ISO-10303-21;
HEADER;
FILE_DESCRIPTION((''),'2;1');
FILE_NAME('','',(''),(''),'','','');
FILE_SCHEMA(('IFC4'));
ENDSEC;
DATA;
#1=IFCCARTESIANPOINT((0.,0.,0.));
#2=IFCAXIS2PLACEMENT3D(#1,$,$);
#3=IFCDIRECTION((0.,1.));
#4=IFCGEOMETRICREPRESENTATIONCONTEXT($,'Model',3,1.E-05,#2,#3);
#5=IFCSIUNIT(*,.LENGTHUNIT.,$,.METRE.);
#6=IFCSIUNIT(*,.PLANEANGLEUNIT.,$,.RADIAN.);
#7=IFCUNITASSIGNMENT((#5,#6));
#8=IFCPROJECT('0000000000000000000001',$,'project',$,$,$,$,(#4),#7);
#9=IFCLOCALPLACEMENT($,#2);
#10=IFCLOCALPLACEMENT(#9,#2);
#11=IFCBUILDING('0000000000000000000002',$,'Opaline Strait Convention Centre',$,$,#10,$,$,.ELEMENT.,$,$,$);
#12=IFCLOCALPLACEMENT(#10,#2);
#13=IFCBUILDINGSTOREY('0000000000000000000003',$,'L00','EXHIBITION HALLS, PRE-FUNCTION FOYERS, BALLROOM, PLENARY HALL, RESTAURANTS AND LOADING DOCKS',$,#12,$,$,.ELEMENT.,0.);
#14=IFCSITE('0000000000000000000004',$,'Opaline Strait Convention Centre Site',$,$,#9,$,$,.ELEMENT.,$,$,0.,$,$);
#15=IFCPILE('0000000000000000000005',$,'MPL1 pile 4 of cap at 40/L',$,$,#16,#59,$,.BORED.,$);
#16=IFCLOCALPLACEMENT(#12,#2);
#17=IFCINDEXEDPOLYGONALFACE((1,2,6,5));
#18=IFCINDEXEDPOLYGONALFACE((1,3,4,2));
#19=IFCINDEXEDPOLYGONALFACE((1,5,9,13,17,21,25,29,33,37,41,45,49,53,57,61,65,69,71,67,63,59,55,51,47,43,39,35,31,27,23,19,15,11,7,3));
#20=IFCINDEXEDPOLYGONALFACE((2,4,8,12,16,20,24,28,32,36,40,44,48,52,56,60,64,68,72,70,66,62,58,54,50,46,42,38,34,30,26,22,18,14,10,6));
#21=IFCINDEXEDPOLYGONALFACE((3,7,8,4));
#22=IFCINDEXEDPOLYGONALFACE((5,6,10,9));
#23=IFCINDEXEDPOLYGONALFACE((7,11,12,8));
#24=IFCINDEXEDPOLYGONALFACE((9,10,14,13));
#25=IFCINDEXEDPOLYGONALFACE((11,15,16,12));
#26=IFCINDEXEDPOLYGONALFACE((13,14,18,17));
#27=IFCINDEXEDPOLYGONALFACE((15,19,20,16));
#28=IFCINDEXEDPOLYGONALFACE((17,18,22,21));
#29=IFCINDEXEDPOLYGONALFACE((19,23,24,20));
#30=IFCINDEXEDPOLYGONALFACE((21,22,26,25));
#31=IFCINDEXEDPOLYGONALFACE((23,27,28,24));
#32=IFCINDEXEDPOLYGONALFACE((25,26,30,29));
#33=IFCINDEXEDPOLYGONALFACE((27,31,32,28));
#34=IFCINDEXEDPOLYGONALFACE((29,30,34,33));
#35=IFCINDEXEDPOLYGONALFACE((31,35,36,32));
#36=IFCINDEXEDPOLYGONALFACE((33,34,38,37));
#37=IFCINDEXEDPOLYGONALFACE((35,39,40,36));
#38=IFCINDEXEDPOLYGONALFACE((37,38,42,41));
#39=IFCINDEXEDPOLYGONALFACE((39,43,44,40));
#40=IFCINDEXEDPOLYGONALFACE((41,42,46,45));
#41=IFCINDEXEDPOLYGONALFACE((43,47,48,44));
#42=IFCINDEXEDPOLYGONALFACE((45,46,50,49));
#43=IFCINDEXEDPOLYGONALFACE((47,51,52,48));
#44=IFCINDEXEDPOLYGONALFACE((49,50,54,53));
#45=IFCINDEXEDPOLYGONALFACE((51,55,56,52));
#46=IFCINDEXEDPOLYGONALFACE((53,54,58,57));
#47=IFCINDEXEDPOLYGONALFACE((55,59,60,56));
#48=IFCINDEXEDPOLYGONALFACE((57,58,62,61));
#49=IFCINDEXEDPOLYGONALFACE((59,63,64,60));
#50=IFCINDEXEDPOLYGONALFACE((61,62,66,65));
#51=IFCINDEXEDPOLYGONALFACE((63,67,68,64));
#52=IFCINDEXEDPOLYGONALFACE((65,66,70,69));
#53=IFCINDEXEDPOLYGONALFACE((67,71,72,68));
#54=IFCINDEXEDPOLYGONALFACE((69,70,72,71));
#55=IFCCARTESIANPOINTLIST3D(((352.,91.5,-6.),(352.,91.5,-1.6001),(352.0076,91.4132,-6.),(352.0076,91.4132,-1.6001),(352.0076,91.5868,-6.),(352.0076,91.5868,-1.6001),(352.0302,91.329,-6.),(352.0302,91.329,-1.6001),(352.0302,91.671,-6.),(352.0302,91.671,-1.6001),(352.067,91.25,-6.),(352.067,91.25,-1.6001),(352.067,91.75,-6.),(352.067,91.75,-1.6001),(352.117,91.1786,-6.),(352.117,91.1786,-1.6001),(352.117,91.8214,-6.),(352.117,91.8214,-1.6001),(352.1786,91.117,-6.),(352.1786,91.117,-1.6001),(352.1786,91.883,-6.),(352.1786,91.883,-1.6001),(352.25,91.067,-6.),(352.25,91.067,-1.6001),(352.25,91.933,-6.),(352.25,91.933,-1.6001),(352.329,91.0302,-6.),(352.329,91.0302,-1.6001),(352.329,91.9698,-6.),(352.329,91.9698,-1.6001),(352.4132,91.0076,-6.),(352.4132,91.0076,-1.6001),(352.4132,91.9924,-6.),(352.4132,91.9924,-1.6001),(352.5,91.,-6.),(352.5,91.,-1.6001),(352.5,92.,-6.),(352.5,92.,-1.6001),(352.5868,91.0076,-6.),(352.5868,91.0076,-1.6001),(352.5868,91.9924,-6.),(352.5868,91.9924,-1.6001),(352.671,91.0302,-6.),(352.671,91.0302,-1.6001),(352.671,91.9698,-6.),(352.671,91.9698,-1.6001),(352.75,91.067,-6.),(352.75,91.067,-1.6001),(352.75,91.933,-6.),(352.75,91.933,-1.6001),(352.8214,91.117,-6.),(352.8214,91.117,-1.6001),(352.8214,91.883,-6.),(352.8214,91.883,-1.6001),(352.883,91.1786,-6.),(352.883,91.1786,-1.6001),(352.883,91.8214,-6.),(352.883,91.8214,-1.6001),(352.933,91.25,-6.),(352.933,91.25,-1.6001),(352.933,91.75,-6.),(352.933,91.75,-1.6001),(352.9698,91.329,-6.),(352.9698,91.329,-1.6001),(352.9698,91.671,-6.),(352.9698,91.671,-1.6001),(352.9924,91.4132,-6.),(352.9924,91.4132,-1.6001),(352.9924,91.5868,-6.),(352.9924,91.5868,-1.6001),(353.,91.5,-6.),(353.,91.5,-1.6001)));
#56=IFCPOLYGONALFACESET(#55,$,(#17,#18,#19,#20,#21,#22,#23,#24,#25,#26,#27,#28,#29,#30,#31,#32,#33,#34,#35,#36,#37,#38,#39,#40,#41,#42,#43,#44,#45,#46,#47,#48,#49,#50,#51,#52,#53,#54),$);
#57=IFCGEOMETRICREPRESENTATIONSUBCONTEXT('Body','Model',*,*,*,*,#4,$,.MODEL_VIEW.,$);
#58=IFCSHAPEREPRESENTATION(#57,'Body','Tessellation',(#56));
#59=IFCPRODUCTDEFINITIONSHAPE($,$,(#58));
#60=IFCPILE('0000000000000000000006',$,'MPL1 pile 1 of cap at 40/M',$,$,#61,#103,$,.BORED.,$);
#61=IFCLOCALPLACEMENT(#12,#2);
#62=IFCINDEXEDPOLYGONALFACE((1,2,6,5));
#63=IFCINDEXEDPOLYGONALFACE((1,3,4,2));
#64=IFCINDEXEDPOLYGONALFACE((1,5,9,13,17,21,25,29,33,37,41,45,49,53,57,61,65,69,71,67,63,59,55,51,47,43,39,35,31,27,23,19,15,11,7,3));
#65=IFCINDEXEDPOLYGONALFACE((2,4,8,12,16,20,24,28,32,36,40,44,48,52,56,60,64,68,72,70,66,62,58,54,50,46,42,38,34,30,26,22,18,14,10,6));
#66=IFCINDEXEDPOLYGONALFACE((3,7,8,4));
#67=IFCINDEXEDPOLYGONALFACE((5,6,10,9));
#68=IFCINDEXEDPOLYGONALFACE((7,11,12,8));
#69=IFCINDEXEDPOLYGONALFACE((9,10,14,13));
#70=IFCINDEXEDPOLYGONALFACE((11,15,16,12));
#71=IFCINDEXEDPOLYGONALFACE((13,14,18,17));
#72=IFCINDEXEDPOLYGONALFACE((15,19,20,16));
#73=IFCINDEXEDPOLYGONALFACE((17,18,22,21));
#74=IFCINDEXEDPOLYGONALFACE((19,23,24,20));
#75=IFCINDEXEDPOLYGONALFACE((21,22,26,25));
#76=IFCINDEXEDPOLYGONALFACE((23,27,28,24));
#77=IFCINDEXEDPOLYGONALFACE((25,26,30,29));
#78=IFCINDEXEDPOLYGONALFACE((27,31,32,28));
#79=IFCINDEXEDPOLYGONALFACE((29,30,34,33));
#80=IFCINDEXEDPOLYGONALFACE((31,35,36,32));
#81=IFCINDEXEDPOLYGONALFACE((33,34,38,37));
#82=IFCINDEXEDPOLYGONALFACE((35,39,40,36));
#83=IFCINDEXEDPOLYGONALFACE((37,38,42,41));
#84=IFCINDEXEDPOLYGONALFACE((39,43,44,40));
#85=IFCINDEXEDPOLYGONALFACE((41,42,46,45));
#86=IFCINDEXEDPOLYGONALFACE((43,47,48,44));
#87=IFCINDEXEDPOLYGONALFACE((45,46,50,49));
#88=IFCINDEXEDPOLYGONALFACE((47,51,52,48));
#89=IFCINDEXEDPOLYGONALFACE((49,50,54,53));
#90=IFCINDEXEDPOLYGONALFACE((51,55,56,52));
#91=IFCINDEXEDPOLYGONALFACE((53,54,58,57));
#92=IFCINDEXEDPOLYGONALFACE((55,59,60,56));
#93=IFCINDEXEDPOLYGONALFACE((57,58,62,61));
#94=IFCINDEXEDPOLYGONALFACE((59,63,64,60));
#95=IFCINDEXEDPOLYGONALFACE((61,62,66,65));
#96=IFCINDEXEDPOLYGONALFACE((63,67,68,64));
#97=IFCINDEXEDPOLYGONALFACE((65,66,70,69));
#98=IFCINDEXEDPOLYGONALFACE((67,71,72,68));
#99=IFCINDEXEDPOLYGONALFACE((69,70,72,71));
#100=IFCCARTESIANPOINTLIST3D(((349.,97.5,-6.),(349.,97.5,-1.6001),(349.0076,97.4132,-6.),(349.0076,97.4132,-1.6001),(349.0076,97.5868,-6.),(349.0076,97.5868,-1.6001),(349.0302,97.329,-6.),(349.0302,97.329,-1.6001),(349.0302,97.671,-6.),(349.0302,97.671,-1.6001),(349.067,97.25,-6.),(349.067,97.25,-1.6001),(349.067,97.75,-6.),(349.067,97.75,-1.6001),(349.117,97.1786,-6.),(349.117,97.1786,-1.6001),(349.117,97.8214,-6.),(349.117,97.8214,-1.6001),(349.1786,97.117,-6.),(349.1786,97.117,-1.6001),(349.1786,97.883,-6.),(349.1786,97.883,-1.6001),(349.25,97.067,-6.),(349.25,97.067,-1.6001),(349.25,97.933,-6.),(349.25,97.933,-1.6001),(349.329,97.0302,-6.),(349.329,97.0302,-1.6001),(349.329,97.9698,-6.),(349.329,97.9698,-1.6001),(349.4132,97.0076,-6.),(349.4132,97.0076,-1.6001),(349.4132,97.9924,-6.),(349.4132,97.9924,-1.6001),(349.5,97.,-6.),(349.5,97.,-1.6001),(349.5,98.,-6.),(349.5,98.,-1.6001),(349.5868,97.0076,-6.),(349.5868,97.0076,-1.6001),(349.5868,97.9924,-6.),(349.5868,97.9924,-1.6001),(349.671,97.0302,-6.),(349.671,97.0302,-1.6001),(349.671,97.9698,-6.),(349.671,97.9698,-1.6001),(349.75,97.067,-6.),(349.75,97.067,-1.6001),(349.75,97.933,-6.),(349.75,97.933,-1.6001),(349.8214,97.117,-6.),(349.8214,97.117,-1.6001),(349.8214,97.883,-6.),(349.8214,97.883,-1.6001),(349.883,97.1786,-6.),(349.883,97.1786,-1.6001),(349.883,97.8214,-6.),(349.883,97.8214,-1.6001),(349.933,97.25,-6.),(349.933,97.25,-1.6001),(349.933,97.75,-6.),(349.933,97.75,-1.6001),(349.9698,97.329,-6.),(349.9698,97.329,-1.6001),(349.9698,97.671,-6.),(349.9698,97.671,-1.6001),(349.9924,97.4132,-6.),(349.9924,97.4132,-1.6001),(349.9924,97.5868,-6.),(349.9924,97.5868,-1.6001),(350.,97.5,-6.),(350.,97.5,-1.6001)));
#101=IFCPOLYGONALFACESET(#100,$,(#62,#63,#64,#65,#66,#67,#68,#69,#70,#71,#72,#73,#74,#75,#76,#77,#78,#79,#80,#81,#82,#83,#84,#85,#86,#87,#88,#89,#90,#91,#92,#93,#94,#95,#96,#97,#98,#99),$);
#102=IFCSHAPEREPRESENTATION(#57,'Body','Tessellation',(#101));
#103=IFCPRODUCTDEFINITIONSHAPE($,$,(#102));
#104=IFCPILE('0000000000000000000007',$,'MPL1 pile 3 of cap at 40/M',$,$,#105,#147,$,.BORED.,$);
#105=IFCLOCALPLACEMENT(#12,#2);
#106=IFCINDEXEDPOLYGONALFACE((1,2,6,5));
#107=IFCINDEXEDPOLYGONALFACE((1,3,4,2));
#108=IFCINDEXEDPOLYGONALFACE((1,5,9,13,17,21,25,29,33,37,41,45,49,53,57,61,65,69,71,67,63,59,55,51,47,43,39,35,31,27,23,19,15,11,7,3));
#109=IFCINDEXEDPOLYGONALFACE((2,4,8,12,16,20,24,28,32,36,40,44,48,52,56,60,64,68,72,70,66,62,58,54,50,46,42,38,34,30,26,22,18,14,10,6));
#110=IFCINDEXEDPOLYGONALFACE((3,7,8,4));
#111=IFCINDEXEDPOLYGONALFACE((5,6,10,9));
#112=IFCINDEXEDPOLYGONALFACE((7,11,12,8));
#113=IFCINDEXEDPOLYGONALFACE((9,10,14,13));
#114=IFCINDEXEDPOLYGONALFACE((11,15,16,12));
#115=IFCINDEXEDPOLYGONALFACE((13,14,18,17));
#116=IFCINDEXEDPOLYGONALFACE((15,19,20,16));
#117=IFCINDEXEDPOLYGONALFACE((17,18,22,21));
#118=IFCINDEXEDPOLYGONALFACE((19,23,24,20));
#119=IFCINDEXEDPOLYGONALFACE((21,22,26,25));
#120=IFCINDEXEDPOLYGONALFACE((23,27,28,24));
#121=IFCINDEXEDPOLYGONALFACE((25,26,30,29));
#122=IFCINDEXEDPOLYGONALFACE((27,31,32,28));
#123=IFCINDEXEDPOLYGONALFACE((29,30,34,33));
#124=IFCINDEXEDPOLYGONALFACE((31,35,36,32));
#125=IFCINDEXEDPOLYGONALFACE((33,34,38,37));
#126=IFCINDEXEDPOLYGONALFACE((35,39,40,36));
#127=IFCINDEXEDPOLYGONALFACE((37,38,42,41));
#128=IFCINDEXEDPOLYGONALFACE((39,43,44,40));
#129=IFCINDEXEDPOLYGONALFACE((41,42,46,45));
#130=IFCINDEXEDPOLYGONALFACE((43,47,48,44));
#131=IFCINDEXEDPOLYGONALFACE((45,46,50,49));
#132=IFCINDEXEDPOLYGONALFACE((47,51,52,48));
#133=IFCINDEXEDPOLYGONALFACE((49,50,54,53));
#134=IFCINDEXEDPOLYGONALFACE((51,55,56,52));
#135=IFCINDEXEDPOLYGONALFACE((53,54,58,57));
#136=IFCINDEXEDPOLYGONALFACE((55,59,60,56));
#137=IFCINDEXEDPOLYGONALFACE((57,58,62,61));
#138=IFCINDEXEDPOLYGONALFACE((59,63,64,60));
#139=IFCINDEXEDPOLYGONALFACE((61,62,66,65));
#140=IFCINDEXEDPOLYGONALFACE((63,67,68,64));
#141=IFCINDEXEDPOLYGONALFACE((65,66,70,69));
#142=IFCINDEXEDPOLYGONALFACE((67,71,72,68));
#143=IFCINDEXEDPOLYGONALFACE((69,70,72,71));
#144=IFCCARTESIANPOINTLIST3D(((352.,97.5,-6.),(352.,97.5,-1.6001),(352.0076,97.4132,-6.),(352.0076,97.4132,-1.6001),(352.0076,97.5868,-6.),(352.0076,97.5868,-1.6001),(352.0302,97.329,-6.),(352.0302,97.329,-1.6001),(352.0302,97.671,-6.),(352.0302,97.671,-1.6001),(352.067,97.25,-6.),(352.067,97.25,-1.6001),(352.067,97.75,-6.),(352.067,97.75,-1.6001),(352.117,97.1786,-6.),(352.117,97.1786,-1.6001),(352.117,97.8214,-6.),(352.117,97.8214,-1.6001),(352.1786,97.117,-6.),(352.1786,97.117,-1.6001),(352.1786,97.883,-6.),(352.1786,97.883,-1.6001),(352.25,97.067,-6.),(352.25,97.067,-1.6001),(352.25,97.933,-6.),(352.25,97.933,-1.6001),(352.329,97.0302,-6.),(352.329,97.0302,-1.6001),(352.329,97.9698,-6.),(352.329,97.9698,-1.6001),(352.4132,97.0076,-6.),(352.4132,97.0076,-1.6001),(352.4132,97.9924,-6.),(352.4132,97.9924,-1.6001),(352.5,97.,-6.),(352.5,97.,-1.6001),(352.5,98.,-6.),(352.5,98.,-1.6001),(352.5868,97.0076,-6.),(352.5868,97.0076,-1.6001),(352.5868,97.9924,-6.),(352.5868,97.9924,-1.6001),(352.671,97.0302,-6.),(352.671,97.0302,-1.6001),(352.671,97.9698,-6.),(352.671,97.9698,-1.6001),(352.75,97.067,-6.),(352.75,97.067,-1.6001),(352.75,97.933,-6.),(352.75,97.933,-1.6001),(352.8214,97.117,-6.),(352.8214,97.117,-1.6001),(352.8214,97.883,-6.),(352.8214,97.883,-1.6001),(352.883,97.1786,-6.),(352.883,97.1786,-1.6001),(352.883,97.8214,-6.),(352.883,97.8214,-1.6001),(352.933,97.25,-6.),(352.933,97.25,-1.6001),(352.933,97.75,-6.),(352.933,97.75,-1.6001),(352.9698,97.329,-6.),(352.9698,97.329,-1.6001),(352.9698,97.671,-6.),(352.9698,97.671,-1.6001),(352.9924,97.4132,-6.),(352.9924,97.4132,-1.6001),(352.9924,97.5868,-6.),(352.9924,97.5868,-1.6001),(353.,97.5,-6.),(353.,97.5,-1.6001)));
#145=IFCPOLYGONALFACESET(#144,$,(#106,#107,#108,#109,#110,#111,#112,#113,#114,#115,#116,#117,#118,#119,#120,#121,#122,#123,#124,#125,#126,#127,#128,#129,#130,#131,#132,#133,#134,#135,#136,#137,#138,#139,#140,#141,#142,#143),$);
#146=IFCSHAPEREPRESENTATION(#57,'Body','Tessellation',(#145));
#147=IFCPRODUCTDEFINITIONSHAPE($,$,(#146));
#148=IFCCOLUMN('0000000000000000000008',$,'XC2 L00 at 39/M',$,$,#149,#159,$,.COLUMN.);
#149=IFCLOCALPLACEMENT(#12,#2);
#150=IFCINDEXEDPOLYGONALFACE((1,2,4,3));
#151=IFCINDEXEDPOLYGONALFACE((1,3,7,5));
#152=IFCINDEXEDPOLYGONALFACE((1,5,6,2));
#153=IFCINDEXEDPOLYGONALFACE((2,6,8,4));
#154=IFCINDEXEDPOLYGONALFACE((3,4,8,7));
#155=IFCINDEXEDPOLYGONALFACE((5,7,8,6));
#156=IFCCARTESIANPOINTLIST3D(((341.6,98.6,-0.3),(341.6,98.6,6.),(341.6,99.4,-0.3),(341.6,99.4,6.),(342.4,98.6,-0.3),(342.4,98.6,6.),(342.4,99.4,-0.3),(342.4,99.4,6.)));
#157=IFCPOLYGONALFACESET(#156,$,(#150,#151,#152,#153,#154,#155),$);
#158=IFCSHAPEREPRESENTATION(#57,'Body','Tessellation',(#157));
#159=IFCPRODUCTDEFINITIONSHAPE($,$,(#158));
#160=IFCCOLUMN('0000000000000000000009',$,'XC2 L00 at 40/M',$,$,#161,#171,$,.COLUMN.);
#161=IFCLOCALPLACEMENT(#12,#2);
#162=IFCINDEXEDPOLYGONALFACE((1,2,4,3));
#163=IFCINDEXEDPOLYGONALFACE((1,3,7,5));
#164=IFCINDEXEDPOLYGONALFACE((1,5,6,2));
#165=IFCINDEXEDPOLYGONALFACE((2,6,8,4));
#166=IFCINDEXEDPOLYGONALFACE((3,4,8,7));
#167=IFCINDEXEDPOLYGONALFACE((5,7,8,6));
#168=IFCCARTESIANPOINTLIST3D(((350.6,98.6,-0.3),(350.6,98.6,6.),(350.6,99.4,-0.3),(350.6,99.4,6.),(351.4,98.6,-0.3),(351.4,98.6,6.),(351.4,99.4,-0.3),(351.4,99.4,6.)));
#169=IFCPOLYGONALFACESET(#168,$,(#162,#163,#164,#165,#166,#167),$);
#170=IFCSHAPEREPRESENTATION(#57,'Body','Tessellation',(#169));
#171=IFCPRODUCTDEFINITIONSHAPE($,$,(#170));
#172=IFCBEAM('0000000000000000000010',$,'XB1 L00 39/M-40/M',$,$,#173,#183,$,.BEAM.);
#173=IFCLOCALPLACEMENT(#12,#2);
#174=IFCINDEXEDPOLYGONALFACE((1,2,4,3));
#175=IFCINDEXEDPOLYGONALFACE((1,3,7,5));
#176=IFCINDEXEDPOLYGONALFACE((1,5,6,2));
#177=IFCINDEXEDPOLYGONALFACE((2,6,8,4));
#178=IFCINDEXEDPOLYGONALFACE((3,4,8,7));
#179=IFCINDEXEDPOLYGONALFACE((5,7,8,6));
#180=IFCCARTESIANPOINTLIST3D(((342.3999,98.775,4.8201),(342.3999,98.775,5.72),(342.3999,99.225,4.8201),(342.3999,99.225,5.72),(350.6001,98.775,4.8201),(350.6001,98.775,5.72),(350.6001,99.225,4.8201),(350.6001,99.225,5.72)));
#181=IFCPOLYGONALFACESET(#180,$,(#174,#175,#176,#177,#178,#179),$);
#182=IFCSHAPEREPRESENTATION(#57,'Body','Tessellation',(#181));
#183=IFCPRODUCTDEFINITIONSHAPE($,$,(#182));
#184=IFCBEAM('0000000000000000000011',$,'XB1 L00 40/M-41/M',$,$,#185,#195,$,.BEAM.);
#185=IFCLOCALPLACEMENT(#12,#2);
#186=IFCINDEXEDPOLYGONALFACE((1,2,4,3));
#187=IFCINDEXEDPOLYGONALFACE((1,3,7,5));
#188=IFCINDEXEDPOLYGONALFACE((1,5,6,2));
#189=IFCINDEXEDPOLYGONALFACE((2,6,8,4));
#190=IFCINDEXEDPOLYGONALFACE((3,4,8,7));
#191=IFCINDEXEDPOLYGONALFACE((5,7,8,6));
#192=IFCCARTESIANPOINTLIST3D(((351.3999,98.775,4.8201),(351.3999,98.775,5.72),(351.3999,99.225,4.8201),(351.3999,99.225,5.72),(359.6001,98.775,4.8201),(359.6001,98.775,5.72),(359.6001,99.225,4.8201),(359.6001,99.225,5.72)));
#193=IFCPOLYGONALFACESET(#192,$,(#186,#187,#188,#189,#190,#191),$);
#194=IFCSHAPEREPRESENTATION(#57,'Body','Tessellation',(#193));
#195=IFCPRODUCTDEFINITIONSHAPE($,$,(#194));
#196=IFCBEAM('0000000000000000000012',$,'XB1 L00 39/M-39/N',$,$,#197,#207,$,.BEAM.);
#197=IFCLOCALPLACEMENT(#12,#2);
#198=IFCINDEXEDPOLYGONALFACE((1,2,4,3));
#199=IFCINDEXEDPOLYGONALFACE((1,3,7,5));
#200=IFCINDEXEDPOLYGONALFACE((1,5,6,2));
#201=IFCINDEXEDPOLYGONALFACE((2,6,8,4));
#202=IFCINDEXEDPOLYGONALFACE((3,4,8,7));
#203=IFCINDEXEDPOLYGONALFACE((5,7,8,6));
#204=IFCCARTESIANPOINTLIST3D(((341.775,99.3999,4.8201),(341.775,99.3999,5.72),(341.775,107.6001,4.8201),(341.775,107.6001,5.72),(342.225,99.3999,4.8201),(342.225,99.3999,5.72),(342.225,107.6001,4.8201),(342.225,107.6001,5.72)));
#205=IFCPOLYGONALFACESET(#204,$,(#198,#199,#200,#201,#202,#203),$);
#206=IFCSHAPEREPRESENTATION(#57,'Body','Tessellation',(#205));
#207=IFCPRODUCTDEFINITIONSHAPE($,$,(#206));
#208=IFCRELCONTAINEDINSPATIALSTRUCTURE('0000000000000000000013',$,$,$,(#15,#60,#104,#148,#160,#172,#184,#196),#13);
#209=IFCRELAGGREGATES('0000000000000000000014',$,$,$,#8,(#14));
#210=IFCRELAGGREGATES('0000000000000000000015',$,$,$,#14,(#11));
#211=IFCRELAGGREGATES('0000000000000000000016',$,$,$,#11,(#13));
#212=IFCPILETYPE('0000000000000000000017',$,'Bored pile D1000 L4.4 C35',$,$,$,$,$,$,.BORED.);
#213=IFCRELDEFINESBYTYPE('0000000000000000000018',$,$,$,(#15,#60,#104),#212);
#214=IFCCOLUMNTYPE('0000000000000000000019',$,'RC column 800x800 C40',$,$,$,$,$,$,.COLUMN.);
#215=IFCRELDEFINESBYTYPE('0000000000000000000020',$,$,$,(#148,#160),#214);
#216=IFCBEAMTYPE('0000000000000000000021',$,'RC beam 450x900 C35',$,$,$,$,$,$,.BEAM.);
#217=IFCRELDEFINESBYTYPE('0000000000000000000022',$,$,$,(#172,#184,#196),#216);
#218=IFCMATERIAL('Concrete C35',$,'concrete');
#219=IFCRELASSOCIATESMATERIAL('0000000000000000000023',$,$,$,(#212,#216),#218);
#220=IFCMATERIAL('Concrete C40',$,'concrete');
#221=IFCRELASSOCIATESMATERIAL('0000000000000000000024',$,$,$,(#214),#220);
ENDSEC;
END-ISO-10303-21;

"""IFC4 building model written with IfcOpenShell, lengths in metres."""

from ifc_helpers import new_model, si_unit, direction, frame, origin, origin_2d, place, context, subcontext, project, spatial, rectangle, circle, extrude, material, material_profile, profile_set, type_object, element, save


model = new_model("IFC4")

# Units and contexts
model_context = context("Model", 3, precision=1e-05, world=origin(), true_north=direction((0.0, 1.0)))
body_context = subcontext(model_context, "Body", "Model", "MODEL_VIEW")
ifc_project = project(units=[si_unit("LENGTHUNIT", "METRE"), si_unit("PLANEANGLEUNIT", "RADIAN")], contexts=[model_context])

# Site, building, storey
site_placement = place(None, origin())
site = spatial("IfcSite", under=ifc_project, at=site_placement, Name="Opaline Strait Convention Centre Site", CompositionType="ELEMENT", RefElevation=0.0)
building_placement = place(site_placement, origin())
building = spatial("IfcBuilding", under=site, at=building_placement, Name="Opaline Strait Convention Centre", CompositionType="ELEMENT")
storey_placement = place(building_placement, origin())
storey = spatial("IfcBuildingStorey", under=building, at=storey_placement, Name="L00", Description="EXHIBITION HALLS, PRE-FUNCTION FOYERS, BALLROOM, PLENARY HALL, RESTAURANTS AND LOADING DOCKS", CompositionType="ELEMENT", Elevation=0.0)

# Piles
ifc_material_1 = material(Name="Concrete C35", Category="concrete")
ifc_material_profile_1 = material_profile(ifc_material_1, circle(Radius=0.5, at=origin_2d()), Name="D1000")
ifc_profile_set_1 = profile_set([ifc_material_profile_1], Name="Concrete C35")
pile_type_1 = type_object("IfcPileType", Name="Bored pile D1000 L4.4 C35", PredefinedType="BORED", material=ifc_profile_set_1)
for number, where, z_axis, x_axis, name in (
    (1, (352.5, 91.5, -1.6001), (0.0, 0.0, -1.0), (1.0, 0.0, 0.0), "MPL1 pile 4 of cap at 40/L"),
    (2, (349.5, 97.5, -1.6001), (0.0, 0.0, -1.0), (1.0, 0.0, 0.0), "MPL1 pile 1 of cap at 40/M"),
    (3, (352.5, 97.5, -1.6001), (0.0, 0.0, -1.0), (1.0, 0.0, 0.0), "MPL1 pile 3 of cap at 40/M"),
):
    element("IfcPile", number, at=place(storey_placement, frame(where, z_axis=z_axis, x_axis=x_axis)), inside=storey, type_object=pile_type_1, Name=name, PredefinedType="BORED", context=body_context, shape_type="SweptSolid", body=[
        extrude(circle(Radius=0.5, at=origin_2d()), origin(), (0.0, 0.0, 1.0), 4.3999),
    ])

# Columns
ifc_material_2 = material(Name="Concrete C40", Category="concrete")
ifc_material_profile_2 = material_profile(ifc_material_2, rectangle(XDim=0.8, YDim=0.8, at=origin_2d()), Name="RC 800x800")
ifc_profile_set_2 = profile_set([ifc_material_profile_2], Name="Concrete C40")
column_type = type_object("IfcColumnType", Name="RC column 800x800 C40", PredefinedType="COLUMN", material=ifc_profile_set_2)
for number, where, z_axis, x_axis, name in (
    (4, (342.0, 99.0, -0.3), (0.0, 0.0, 1.0), (1.0, 0.0, 0.0), "XC2 L00 at 39/M"),
    (5, (351.0, 99.0, -0.3), (0.0, 0.0, 1.0), (1.0, 0.0, 0.0), "XC2 L00 at 40/M"),
):
    element("IfcColumn", number, at=place(storey_placement, frame(where, z_axis=z_axis, x_axis=x_axis)), inside=storey, type_object=column_type, Name=name, PredefinedType="COLUMN", context=body_context, shape_type="SweptSolid", body=[
        extrude(rectangle(XDim=0.8, YDim=0.8, at=origin_2d()), origin(), (0.0, 0.0, 1.0), 6.3),
    ])

# Beams
ifc_material_profile_3 = material_profile(ifc_material_1, rectangle(XDim=0.45, YDim=0.8999, at=origin_2d()), Name="RC 450x900")
ifc_profile_set_3 = profile_set([ifc_material_profile_3], Name="Concrete C35")
beam_type = type_object("IfcBeamType", Name="RC beam 450x900 C35", PredefinedType="BEAM", material=ifc_profile_set_3)
for number, where, z_axis, x_axis, name in (
    (6, (342.3999, 99.0, 5.27), (1.0, 0.0, 0.0), (0.0, 1.0, 0.0), "XB1 L00 39/M-40/M"),
    (7, (351.3999, 99.0, 5.27), (1.0, 0.0, 0.0), (0.0, 1.0, 0.0), "XB1 L00 40/M-41/M"),
    (8, (342.0, 99.3999, 5.27), (0.0, 1.0, 0.0), (-1.0, 0.0, 0.0), "XB1 L00 39/M-39/N"),
):
    element("IfcBeam", number, at=place(storey_placement, frame(where, z_axis=z_axis, x_axis=x_axis)), inside=storey, type_object=beam_type, Name=name, PredefinedType="BEAM", context=body_context, shape_type="SweptSolid", body=[
        extrude(rectangle(XDim=0.45, YDim=0.8999, at=origin_2d()), origin(), (0.0, 0.0, 1.0), 8.2002),
    ])

save(model, "model.ifc")
